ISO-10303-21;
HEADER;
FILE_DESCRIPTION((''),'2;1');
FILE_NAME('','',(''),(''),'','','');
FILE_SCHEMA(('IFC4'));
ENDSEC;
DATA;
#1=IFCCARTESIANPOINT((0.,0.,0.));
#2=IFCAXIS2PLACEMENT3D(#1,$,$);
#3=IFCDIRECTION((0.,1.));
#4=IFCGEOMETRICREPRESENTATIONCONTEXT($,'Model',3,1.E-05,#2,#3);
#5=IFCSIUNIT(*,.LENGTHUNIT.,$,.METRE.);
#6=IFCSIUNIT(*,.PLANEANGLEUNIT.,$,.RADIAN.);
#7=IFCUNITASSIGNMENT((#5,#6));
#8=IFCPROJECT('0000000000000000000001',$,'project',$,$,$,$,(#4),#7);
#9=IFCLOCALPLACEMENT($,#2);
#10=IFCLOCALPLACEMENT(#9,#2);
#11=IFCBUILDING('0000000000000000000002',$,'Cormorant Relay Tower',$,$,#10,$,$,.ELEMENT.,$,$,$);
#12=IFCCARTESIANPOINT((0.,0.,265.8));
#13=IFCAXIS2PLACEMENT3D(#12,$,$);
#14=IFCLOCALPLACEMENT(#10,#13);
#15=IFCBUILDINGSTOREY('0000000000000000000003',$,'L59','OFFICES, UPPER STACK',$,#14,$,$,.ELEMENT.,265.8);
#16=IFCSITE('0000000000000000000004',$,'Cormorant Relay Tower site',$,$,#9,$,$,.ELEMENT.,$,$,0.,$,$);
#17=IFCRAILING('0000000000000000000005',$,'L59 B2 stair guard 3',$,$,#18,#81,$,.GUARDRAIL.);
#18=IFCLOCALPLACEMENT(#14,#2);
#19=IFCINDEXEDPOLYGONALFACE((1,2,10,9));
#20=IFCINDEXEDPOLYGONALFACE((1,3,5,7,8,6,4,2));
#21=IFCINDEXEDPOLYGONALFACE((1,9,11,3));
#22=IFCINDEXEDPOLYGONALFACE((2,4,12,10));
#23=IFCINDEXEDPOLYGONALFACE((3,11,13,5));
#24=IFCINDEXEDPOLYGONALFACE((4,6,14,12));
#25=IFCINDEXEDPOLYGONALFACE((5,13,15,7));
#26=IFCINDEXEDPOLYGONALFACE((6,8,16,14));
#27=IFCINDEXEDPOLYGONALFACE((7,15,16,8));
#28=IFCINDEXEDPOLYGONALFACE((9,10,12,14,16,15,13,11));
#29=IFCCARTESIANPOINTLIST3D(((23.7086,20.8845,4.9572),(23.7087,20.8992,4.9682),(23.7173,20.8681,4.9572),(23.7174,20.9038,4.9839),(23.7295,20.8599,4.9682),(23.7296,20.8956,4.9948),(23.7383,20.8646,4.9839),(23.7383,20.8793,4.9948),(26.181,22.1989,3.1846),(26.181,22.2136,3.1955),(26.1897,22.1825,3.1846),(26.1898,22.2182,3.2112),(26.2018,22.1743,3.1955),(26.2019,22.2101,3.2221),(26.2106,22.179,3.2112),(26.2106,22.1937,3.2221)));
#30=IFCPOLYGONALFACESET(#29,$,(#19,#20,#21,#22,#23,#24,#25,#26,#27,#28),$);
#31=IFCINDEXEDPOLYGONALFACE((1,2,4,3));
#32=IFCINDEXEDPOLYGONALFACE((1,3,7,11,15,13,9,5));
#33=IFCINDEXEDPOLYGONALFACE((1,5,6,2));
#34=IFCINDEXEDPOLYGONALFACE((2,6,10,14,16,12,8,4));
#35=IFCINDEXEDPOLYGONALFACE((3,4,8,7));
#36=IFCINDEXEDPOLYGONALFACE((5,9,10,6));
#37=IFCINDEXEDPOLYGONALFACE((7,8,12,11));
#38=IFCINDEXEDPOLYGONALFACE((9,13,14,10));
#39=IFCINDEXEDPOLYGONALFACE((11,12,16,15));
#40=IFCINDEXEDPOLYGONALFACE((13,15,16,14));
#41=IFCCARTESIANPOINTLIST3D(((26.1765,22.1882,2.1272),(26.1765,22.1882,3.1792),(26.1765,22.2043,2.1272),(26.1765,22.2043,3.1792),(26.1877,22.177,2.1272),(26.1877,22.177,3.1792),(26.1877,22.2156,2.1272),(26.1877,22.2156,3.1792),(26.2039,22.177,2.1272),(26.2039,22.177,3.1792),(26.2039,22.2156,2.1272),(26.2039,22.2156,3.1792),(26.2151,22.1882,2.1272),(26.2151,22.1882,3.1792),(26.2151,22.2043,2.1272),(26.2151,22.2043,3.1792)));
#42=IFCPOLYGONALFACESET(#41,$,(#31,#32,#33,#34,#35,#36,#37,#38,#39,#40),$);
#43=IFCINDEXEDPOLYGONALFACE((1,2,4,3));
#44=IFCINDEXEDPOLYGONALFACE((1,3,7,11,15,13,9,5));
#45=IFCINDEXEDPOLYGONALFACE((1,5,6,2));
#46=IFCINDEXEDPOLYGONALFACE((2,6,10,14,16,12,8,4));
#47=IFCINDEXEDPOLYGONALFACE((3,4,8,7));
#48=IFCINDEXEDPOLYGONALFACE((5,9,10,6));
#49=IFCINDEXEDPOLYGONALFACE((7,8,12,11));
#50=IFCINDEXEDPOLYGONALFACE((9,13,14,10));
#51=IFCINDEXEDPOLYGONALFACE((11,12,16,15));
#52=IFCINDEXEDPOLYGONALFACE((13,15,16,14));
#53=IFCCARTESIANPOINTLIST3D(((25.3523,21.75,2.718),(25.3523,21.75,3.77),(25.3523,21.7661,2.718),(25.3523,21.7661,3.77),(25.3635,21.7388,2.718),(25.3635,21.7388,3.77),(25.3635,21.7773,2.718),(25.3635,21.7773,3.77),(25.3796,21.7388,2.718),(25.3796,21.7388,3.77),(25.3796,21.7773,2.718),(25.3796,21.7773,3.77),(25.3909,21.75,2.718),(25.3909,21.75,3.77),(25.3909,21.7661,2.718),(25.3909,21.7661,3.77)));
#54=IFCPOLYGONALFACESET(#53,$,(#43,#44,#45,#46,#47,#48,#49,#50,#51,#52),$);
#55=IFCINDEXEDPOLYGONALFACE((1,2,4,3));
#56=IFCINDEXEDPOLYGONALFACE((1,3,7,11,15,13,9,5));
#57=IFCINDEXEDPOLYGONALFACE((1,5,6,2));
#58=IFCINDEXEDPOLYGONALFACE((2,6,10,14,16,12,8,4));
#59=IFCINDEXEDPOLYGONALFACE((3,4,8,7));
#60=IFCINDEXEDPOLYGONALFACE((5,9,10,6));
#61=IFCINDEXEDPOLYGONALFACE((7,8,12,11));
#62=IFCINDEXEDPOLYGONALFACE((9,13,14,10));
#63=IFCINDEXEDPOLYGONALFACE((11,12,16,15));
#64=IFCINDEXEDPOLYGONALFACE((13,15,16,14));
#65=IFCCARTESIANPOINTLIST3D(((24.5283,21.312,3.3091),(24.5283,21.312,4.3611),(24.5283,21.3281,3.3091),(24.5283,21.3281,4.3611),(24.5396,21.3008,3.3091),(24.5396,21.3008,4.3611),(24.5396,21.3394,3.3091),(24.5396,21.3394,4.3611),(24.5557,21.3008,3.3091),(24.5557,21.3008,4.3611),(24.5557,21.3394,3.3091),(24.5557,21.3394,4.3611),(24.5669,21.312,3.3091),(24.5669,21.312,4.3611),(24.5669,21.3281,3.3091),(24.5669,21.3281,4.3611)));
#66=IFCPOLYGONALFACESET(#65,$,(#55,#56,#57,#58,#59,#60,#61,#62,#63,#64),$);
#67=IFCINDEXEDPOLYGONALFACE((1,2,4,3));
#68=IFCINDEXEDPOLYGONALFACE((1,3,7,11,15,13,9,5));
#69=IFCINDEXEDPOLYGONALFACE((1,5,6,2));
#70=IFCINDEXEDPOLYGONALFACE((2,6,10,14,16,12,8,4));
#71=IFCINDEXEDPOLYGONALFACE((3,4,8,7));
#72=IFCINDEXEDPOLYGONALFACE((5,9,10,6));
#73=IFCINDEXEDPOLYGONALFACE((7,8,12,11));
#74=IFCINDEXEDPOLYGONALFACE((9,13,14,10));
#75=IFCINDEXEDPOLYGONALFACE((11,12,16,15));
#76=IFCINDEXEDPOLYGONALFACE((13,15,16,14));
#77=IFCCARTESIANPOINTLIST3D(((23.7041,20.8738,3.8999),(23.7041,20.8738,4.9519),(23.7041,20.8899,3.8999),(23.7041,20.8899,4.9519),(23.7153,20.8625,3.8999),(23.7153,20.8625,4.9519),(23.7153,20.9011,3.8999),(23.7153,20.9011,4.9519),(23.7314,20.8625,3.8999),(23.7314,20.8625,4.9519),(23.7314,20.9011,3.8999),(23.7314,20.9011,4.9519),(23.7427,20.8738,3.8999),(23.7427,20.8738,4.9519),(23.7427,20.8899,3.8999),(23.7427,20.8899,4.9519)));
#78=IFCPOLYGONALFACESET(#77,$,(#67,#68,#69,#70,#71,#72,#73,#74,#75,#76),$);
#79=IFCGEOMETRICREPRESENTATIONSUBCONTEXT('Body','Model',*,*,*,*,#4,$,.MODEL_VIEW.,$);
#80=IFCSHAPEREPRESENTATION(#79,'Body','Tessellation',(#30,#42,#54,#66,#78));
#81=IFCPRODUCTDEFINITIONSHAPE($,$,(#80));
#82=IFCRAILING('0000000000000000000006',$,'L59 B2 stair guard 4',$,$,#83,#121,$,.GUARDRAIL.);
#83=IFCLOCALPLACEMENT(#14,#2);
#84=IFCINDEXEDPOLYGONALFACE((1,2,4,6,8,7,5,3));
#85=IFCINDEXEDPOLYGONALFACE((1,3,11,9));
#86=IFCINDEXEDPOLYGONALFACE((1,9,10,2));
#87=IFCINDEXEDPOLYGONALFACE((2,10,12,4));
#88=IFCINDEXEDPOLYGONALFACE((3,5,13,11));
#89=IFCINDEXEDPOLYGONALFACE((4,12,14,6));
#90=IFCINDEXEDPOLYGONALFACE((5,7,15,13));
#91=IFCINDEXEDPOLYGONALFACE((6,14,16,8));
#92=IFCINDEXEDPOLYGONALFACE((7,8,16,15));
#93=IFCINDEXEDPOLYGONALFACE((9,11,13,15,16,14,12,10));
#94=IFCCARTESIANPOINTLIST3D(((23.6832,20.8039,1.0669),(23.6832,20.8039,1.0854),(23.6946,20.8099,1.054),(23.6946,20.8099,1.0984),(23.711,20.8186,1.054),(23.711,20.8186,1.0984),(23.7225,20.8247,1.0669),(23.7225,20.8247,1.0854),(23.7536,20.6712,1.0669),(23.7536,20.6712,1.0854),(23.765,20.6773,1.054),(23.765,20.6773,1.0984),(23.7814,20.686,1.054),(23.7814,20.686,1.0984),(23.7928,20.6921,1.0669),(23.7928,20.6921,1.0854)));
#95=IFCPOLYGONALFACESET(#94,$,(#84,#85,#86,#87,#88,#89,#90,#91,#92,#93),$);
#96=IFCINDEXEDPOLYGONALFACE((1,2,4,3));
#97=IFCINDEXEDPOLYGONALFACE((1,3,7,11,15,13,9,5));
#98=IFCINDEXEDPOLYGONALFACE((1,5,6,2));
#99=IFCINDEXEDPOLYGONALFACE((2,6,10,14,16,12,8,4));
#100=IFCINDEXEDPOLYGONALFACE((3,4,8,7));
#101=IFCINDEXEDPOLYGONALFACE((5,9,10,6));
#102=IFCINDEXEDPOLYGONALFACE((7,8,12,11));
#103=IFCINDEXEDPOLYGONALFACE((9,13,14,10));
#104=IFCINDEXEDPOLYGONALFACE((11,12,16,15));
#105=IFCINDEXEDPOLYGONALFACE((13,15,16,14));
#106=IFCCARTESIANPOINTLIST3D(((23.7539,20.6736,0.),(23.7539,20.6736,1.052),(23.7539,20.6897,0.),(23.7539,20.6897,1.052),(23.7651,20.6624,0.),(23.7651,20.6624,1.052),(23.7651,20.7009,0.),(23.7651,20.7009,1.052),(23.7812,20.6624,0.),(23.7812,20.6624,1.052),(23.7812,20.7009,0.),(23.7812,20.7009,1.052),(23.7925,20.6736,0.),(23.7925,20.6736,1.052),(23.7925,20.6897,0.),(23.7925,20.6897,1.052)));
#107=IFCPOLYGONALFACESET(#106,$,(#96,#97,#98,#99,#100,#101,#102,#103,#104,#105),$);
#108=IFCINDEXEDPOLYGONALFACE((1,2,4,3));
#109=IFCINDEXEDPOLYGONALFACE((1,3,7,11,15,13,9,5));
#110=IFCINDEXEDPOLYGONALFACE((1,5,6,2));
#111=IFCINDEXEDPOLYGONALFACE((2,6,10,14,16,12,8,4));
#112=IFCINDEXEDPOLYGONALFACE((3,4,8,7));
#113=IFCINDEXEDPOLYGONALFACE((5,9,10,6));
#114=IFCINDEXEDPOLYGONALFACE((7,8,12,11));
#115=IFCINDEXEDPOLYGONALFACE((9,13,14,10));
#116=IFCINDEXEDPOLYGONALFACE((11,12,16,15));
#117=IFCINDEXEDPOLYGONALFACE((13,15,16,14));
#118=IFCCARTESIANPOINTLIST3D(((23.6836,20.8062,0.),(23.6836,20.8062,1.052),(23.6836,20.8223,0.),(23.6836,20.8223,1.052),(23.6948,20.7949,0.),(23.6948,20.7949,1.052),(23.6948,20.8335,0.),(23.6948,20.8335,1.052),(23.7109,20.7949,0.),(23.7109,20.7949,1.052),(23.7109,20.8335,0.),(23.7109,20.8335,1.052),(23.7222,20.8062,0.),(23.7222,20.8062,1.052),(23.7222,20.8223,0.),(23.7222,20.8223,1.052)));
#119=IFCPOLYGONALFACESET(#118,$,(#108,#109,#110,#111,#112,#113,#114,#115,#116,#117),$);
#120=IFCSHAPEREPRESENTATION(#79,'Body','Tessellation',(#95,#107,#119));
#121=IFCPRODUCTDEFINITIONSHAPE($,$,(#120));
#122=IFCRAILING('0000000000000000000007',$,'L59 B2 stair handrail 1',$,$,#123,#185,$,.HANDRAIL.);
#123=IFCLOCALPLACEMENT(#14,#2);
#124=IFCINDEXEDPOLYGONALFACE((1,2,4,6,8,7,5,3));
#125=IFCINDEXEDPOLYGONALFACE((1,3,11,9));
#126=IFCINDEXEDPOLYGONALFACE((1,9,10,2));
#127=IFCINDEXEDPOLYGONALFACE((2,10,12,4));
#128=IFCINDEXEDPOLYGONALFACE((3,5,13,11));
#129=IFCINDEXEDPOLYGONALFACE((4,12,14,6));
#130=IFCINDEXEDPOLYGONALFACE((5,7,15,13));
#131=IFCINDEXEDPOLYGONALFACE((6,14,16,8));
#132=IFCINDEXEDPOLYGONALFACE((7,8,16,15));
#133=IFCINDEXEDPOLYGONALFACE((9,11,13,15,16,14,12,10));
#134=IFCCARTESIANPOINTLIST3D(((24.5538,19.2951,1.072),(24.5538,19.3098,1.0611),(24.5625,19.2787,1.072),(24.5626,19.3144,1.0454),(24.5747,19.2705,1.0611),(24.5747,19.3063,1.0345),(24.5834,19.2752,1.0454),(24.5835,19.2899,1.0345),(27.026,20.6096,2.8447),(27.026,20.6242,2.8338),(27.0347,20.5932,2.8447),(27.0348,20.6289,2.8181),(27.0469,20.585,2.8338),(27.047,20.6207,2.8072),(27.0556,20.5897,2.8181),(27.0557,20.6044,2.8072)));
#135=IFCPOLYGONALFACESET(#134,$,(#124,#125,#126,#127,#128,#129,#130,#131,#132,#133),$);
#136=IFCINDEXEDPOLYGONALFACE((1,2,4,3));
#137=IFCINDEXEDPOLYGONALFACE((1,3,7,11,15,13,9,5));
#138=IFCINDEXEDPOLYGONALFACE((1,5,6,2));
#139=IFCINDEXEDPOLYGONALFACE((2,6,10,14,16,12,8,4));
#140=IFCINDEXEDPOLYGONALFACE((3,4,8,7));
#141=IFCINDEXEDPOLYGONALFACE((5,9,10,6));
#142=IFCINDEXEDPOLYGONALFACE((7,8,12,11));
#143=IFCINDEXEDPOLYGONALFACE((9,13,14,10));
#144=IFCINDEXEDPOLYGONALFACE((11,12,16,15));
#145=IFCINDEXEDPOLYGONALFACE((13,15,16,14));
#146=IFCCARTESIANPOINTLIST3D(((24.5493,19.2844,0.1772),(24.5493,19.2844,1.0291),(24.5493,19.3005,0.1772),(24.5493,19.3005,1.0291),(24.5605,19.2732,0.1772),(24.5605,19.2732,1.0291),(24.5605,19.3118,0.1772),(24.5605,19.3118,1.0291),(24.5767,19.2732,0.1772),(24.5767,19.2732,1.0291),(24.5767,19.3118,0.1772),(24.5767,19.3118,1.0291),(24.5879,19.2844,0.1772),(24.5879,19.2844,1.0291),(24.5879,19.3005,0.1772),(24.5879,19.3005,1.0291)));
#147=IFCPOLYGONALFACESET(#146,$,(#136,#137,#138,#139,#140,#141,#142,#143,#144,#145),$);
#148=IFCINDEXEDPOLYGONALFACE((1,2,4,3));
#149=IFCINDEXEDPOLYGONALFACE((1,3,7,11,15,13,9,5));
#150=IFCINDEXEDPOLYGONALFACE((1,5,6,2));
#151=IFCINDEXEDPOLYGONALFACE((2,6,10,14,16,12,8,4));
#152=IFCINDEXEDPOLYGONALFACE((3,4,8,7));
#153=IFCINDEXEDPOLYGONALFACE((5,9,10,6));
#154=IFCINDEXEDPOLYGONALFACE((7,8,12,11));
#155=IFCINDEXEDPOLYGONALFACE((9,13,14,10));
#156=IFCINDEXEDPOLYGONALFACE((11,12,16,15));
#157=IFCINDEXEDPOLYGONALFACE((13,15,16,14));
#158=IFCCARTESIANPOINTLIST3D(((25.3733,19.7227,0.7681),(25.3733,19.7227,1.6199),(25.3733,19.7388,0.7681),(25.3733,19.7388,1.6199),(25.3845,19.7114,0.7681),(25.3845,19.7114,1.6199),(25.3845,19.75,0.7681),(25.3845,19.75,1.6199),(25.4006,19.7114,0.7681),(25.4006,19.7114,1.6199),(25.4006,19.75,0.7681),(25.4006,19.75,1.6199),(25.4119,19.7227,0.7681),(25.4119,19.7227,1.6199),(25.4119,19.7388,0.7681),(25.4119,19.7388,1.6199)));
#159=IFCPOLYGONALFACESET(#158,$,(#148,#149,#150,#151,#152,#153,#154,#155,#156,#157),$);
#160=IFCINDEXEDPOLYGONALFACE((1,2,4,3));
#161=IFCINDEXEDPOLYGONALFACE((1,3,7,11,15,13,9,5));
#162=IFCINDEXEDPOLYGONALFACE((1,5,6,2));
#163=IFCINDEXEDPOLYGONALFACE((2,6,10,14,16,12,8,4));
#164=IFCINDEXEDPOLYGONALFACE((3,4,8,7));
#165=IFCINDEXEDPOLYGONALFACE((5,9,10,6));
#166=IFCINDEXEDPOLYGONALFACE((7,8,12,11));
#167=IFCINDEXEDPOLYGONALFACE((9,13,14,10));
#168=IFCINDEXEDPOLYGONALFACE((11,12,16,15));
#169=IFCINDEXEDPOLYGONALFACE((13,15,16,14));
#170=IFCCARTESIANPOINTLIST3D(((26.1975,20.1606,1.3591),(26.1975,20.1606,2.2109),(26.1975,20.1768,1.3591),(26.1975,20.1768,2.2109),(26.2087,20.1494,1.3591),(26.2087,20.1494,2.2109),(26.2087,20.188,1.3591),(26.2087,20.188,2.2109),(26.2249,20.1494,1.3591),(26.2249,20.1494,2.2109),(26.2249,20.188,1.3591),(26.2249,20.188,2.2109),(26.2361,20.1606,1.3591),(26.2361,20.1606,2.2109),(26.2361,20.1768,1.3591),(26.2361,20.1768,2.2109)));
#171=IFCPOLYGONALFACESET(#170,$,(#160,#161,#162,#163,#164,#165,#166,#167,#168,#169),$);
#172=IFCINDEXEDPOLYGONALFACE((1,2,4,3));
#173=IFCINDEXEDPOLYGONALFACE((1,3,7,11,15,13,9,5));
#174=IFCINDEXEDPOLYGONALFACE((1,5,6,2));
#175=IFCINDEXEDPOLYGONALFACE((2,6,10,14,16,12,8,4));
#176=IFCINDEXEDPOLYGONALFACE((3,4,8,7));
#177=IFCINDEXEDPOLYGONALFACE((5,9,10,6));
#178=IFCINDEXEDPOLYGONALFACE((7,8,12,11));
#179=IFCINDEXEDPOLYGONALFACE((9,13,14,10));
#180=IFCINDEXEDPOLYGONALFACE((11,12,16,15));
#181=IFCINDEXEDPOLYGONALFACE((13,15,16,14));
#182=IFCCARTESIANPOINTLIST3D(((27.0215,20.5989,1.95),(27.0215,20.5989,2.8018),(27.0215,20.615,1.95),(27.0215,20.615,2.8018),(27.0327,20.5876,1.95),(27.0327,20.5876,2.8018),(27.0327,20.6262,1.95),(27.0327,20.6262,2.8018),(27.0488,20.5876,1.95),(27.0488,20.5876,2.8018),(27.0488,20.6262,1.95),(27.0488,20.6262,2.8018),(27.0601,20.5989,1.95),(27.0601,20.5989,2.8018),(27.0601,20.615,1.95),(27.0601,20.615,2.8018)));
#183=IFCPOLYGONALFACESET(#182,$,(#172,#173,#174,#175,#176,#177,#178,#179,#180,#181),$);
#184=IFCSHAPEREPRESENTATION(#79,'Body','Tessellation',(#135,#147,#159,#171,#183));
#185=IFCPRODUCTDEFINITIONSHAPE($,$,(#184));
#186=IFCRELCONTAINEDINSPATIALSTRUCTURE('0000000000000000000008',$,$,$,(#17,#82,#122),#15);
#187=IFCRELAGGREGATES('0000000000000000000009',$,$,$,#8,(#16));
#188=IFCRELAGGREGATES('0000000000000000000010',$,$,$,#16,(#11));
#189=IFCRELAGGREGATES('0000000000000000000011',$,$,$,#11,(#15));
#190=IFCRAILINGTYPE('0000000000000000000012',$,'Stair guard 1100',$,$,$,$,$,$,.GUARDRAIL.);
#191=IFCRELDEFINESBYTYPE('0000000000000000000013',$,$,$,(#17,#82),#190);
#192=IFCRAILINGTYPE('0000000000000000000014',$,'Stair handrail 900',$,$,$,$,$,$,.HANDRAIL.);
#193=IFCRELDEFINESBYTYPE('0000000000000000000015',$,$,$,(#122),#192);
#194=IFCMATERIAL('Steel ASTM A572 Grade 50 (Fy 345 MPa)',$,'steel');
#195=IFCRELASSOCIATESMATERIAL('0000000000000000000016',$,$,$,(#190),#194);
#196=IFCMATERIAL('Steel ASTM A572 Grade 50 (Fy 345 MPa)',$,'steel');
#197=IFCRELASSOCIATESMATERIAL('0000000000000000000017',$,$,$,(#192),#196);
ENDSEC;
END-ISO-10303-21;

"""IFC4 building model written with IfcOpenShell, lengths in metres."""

from ifc_helpers import new_model, si_unit, direction, frame, origin, place, context, subcontext, project, spatial, polyline, outline, extrude, material, type_object, element, save


model = new_model("IFC4")

# Units and contexts
model_context = context("Model", 3, precision=1e-05, world=origin(), true_north=direction((0.0, 1.0)))
body_context = subcontext(model_context, "Body", "Model", "MODEL_VIEW")
ifc_project = project(units=[si_unit("LENGTHUNIT", "METRE"), si_unit("PLANEANGLEUNIT", "RADIAN")], contexts=[model_context])

# Site, building, storey
site_placement = place(None, origin())
site = spatial("IfcSite", under=ifc_project, at=site_placement, Name="Cormorant Relay Tower site", CompositionType="ELEMENT", RefElevation=0.0)
building_placement = place(site_placement, origin())
building = spatial("IfcBuilding", under=site, at=building_placement, Name="Cormorant Relay Tower", CompositionType="ELEMENT")
storey_placement = place(building_placement, frame((0.0, 0.0, 265.8)))
storey = spatial("IfcBuildingStorey", under=building, at=storey_placement, Name="L59", Description="OFFICES, UPPER STACK", CompositionType="ELEMENT", Elevation=265.8)

# Railings
ifc_material_1 = material(Name="Steel ASTM A572 Grade 50 (Fy 345 MPa)", Category="steel")
railing_type_1 = type_object("IfcRailingType", Name="Stair guard 1100", PredefinedType="GUARDRAIL", material=ifc_material_1)
railing_1_placement = place(storey_placement, frame((26.1958, 22.1963, 2.1272)))
element("IfcRailing", 1, at=railing_1_placement, inside=storey, type_object=railing_type_1, Name="L59 B2 stair guard 3", PredefinedType="GUARDRAIL", context=body_context, shape_type="SweptSolid", body=[
    extrude(outline(polyline([(0.0222, 0.0093), (0.0093, 0.0222), (-0.0093, 0.0222), (-0.0222, 0.0093), (-0.0222, -0.0093), (-0.0093, -0.0222), (0.0093, -0.0222), (0.0222, -0.0093), (0.0222, 0.0093)])), frame((0.0, 0.0, 1.0762), z_axis=(-0.746034, -0.396627, 0.534902), x_axis=(0.469429, -0.88297, 0.0)), (0.0, 0.0, 1.0), 3.314),
    extrude(outline(polyline([(0.0193, 0.0081), (0.0081, 0.0193), (-0.0081, 0.0193), (-0.0193, 0.0081), (-0.0193, -0.0081), (-0.0081, -0.0193), (0.0081, -0.0193), (0.0193, -0.0081), (0.0193, 0.0081)])), origin(), (0.0, 0.0, 1.0), 1.052),
    extrude(outline(polyline([(0.0193, 0.0081), (0.0081, 0.0193), (-0.0081, 0.0193), (-0.0193, 0.0081), (-0.0193, -0.0081), (-0.0081, -0.0193), (0.0081, -0.0193), (0.0193, -0.0081), (0.0193, 0.0081)])), frame((-0.8242, -0.4382, 0.5908)), (0.0, 0.0, 1.0), 1.052),
    extrude(outline(polyline([(0.0193, 0.0081), (0.0081, 0.0193), (-0.0081, 0.0193), (-0.0193, 0.0081), (-0.0193, -0.0081), (-0.0081, -0.0193), (0.0081, -0.0193), (0.0193, -0.0081), (0.0193, 0.0081)])), frame((-1.6482, -0.8762, 1.1819)), (0.0, 0.0, 1.0), 1.052),
    extrude(outline(polyline([(0.0193, 0.0081), (0.0081, 0.0193), (-0.0081, 0.0193), (-0.0193, 0.0081), (-0.0193, -0.0081), (-0.0081, -0.0193), (0.0081, -0.0193), (0.0193, -0.0081), (0.0193, 0.0081)])), frame((-2.4724, -1.3145, 1.7727)), (0.0, 0.0, 1.0), 1.052),
])
railing_2_placement = place(storey_placement, frame((23.7732, 20.6816, 0.0)))
element("IfcRailing", 2, at=railing_2_placement, inside=storey, type_object=railing_type_1, Name="L59 B2 stair guard 4", PredefinedType="GUARDRAIL", context=body_context, shape_type="SweptSolid", body=[
    extrude(outline(polyline([(0.0222, 0.0093), (0.0093, 0.0222), (-0.0093, 0.0222), (-0.0222, 0.0093), (-0.0222, -0.0093), (-0.0093, -0.0222), (0.0093, -0.0222), (0.0222, -0.0093), (0.0222, 0.0093)])), frame((0.0, 0.0, 1.0762), z_axis=(-0.46856, 0.883431, 0.0), x_axis=(-0.883431, -0.46856, 0.0)), (0.0, 0.0, 1.0), 0.1501),
    extrude(outline(polyline([(0.0193, 0.0081), (0.0081, 0.0193), (-0.0081, 0.0193), (-0.0193, 0.0081), (-0.0193, -0.0081), (-0.0081, -0.0193), (0.0081, -0.0193), (0.0193, -0.0081), (0.0193, 0.0081)])), origin(), (0.0, 0.0, 1.0), 1.052),
    extrude(outline(polyline([(0.0193, 0.0081), (0.0081, 0.0193), (-0.0081, 0.0193), (-0.0193, 0.0081), (-0.0193, -0.0081), (-0.0081, -0.0193), (0.0081, -0.0193), (0.0193, -0.0081), (0.0193, 0.0081)])), frame((-0.0703, 0.1326, 0.0)), (0.0, 0.0, 1.0), 1.052),
])
ifc_material_2 = material(Name="Steel ASTM A572 Grade 50 (Fy 345 MPa)", Category="steel")
railing_type_2 = type_object("IfcRailingType", Name="Stair handrail 900", PredefinedType="HANDRAIL", material=ifc_material_2)
railing_3_placement = place(storey_placement, frame((24.5686, 19.2925, 0.1772)))
element("IfcRailing", 3, at=railing_3_placement, inside=storey, type_object=railing_type_2, Name="L59 B2 stair handrail 1", PredefinedType="HANDRAIL", context=body_context, shape_type="SweptSolid", body=[
    extrude(outline(polyline([(0.0222, 0.0093), (0.0093, 0.0222), (-0.0093, 0.0222), (-0.0222, 0.0093), (-0.0222, -0.0093), (-0.0093, -0.0222), (0.0093, -0.0222), (0.0222, -0.0093), (0.0222, 0.0093)])), frame((0.0, 0.0, 0.876), z_axis=(0.746001, 0.396649, 0.534931), x_axis=(-0.469465, 0.882951, 0.0)), (0.0, 0.0, 1.0), 3.314),
    extrude(outline(polyline([(0.0193, 0.0081), (0.0081, 0.0193), (-0.0081, 0.0193), (-0.0193, 0.0081), (-0.0193, -0.0081), (-0.0081, -0.0193), (0.0081, -0.0193), (0.0193, -0.0081), (0.0193, 0.0081)])), origin(), (0.0, 0.0, 1.0), 0.8518),
    extrude(outline(polyline([(0.0193, 0.0081), (0.0081, 0.0193), (-0.0081, 0.0193), (-0.0193, 0.0081), (-0.0193, -0.0081), (-0.0081, -0.0193), (0.0081, -0.0193), (0.0193, -0.0081), (0.0193, 0.0081)])), frame((0.824, 0.4382, 0.5908)), (0.0, 0.0, 1.0), 0.8518),
    extrude(outline(polyline([(0.0193, 0.0081), (0.0081, 0.0193), (-0.0081, 0.0193), (-0.0193, 0.0081), (-0.0193, -0.0081), (-0.0081, -0.0193), (0.0081, -0.0193), (0.0193, -0.0081), (0.0193, 0.0081)])), frame((1.6482, 0.8762, 1.1819)), (0.0, 0.0, 1.0), 0.8518),
    extrude(outline(polyline([(0.0193, 0.0081), (0.0081, 0.0193), (-0.0081, 0.0193), (-0.0193, 0.0081), (-0.0193, -0.0081), (-0.0081, -0.0193), (0.0081, -0.0193), (0.0193, -0.0081), (0.0193, 0.0081)])), frame((2.4722, 1.3145, 1.7727)), (0.0, 0.0, 1.0), 0.8518),
])

save(model, "model.ifc")
